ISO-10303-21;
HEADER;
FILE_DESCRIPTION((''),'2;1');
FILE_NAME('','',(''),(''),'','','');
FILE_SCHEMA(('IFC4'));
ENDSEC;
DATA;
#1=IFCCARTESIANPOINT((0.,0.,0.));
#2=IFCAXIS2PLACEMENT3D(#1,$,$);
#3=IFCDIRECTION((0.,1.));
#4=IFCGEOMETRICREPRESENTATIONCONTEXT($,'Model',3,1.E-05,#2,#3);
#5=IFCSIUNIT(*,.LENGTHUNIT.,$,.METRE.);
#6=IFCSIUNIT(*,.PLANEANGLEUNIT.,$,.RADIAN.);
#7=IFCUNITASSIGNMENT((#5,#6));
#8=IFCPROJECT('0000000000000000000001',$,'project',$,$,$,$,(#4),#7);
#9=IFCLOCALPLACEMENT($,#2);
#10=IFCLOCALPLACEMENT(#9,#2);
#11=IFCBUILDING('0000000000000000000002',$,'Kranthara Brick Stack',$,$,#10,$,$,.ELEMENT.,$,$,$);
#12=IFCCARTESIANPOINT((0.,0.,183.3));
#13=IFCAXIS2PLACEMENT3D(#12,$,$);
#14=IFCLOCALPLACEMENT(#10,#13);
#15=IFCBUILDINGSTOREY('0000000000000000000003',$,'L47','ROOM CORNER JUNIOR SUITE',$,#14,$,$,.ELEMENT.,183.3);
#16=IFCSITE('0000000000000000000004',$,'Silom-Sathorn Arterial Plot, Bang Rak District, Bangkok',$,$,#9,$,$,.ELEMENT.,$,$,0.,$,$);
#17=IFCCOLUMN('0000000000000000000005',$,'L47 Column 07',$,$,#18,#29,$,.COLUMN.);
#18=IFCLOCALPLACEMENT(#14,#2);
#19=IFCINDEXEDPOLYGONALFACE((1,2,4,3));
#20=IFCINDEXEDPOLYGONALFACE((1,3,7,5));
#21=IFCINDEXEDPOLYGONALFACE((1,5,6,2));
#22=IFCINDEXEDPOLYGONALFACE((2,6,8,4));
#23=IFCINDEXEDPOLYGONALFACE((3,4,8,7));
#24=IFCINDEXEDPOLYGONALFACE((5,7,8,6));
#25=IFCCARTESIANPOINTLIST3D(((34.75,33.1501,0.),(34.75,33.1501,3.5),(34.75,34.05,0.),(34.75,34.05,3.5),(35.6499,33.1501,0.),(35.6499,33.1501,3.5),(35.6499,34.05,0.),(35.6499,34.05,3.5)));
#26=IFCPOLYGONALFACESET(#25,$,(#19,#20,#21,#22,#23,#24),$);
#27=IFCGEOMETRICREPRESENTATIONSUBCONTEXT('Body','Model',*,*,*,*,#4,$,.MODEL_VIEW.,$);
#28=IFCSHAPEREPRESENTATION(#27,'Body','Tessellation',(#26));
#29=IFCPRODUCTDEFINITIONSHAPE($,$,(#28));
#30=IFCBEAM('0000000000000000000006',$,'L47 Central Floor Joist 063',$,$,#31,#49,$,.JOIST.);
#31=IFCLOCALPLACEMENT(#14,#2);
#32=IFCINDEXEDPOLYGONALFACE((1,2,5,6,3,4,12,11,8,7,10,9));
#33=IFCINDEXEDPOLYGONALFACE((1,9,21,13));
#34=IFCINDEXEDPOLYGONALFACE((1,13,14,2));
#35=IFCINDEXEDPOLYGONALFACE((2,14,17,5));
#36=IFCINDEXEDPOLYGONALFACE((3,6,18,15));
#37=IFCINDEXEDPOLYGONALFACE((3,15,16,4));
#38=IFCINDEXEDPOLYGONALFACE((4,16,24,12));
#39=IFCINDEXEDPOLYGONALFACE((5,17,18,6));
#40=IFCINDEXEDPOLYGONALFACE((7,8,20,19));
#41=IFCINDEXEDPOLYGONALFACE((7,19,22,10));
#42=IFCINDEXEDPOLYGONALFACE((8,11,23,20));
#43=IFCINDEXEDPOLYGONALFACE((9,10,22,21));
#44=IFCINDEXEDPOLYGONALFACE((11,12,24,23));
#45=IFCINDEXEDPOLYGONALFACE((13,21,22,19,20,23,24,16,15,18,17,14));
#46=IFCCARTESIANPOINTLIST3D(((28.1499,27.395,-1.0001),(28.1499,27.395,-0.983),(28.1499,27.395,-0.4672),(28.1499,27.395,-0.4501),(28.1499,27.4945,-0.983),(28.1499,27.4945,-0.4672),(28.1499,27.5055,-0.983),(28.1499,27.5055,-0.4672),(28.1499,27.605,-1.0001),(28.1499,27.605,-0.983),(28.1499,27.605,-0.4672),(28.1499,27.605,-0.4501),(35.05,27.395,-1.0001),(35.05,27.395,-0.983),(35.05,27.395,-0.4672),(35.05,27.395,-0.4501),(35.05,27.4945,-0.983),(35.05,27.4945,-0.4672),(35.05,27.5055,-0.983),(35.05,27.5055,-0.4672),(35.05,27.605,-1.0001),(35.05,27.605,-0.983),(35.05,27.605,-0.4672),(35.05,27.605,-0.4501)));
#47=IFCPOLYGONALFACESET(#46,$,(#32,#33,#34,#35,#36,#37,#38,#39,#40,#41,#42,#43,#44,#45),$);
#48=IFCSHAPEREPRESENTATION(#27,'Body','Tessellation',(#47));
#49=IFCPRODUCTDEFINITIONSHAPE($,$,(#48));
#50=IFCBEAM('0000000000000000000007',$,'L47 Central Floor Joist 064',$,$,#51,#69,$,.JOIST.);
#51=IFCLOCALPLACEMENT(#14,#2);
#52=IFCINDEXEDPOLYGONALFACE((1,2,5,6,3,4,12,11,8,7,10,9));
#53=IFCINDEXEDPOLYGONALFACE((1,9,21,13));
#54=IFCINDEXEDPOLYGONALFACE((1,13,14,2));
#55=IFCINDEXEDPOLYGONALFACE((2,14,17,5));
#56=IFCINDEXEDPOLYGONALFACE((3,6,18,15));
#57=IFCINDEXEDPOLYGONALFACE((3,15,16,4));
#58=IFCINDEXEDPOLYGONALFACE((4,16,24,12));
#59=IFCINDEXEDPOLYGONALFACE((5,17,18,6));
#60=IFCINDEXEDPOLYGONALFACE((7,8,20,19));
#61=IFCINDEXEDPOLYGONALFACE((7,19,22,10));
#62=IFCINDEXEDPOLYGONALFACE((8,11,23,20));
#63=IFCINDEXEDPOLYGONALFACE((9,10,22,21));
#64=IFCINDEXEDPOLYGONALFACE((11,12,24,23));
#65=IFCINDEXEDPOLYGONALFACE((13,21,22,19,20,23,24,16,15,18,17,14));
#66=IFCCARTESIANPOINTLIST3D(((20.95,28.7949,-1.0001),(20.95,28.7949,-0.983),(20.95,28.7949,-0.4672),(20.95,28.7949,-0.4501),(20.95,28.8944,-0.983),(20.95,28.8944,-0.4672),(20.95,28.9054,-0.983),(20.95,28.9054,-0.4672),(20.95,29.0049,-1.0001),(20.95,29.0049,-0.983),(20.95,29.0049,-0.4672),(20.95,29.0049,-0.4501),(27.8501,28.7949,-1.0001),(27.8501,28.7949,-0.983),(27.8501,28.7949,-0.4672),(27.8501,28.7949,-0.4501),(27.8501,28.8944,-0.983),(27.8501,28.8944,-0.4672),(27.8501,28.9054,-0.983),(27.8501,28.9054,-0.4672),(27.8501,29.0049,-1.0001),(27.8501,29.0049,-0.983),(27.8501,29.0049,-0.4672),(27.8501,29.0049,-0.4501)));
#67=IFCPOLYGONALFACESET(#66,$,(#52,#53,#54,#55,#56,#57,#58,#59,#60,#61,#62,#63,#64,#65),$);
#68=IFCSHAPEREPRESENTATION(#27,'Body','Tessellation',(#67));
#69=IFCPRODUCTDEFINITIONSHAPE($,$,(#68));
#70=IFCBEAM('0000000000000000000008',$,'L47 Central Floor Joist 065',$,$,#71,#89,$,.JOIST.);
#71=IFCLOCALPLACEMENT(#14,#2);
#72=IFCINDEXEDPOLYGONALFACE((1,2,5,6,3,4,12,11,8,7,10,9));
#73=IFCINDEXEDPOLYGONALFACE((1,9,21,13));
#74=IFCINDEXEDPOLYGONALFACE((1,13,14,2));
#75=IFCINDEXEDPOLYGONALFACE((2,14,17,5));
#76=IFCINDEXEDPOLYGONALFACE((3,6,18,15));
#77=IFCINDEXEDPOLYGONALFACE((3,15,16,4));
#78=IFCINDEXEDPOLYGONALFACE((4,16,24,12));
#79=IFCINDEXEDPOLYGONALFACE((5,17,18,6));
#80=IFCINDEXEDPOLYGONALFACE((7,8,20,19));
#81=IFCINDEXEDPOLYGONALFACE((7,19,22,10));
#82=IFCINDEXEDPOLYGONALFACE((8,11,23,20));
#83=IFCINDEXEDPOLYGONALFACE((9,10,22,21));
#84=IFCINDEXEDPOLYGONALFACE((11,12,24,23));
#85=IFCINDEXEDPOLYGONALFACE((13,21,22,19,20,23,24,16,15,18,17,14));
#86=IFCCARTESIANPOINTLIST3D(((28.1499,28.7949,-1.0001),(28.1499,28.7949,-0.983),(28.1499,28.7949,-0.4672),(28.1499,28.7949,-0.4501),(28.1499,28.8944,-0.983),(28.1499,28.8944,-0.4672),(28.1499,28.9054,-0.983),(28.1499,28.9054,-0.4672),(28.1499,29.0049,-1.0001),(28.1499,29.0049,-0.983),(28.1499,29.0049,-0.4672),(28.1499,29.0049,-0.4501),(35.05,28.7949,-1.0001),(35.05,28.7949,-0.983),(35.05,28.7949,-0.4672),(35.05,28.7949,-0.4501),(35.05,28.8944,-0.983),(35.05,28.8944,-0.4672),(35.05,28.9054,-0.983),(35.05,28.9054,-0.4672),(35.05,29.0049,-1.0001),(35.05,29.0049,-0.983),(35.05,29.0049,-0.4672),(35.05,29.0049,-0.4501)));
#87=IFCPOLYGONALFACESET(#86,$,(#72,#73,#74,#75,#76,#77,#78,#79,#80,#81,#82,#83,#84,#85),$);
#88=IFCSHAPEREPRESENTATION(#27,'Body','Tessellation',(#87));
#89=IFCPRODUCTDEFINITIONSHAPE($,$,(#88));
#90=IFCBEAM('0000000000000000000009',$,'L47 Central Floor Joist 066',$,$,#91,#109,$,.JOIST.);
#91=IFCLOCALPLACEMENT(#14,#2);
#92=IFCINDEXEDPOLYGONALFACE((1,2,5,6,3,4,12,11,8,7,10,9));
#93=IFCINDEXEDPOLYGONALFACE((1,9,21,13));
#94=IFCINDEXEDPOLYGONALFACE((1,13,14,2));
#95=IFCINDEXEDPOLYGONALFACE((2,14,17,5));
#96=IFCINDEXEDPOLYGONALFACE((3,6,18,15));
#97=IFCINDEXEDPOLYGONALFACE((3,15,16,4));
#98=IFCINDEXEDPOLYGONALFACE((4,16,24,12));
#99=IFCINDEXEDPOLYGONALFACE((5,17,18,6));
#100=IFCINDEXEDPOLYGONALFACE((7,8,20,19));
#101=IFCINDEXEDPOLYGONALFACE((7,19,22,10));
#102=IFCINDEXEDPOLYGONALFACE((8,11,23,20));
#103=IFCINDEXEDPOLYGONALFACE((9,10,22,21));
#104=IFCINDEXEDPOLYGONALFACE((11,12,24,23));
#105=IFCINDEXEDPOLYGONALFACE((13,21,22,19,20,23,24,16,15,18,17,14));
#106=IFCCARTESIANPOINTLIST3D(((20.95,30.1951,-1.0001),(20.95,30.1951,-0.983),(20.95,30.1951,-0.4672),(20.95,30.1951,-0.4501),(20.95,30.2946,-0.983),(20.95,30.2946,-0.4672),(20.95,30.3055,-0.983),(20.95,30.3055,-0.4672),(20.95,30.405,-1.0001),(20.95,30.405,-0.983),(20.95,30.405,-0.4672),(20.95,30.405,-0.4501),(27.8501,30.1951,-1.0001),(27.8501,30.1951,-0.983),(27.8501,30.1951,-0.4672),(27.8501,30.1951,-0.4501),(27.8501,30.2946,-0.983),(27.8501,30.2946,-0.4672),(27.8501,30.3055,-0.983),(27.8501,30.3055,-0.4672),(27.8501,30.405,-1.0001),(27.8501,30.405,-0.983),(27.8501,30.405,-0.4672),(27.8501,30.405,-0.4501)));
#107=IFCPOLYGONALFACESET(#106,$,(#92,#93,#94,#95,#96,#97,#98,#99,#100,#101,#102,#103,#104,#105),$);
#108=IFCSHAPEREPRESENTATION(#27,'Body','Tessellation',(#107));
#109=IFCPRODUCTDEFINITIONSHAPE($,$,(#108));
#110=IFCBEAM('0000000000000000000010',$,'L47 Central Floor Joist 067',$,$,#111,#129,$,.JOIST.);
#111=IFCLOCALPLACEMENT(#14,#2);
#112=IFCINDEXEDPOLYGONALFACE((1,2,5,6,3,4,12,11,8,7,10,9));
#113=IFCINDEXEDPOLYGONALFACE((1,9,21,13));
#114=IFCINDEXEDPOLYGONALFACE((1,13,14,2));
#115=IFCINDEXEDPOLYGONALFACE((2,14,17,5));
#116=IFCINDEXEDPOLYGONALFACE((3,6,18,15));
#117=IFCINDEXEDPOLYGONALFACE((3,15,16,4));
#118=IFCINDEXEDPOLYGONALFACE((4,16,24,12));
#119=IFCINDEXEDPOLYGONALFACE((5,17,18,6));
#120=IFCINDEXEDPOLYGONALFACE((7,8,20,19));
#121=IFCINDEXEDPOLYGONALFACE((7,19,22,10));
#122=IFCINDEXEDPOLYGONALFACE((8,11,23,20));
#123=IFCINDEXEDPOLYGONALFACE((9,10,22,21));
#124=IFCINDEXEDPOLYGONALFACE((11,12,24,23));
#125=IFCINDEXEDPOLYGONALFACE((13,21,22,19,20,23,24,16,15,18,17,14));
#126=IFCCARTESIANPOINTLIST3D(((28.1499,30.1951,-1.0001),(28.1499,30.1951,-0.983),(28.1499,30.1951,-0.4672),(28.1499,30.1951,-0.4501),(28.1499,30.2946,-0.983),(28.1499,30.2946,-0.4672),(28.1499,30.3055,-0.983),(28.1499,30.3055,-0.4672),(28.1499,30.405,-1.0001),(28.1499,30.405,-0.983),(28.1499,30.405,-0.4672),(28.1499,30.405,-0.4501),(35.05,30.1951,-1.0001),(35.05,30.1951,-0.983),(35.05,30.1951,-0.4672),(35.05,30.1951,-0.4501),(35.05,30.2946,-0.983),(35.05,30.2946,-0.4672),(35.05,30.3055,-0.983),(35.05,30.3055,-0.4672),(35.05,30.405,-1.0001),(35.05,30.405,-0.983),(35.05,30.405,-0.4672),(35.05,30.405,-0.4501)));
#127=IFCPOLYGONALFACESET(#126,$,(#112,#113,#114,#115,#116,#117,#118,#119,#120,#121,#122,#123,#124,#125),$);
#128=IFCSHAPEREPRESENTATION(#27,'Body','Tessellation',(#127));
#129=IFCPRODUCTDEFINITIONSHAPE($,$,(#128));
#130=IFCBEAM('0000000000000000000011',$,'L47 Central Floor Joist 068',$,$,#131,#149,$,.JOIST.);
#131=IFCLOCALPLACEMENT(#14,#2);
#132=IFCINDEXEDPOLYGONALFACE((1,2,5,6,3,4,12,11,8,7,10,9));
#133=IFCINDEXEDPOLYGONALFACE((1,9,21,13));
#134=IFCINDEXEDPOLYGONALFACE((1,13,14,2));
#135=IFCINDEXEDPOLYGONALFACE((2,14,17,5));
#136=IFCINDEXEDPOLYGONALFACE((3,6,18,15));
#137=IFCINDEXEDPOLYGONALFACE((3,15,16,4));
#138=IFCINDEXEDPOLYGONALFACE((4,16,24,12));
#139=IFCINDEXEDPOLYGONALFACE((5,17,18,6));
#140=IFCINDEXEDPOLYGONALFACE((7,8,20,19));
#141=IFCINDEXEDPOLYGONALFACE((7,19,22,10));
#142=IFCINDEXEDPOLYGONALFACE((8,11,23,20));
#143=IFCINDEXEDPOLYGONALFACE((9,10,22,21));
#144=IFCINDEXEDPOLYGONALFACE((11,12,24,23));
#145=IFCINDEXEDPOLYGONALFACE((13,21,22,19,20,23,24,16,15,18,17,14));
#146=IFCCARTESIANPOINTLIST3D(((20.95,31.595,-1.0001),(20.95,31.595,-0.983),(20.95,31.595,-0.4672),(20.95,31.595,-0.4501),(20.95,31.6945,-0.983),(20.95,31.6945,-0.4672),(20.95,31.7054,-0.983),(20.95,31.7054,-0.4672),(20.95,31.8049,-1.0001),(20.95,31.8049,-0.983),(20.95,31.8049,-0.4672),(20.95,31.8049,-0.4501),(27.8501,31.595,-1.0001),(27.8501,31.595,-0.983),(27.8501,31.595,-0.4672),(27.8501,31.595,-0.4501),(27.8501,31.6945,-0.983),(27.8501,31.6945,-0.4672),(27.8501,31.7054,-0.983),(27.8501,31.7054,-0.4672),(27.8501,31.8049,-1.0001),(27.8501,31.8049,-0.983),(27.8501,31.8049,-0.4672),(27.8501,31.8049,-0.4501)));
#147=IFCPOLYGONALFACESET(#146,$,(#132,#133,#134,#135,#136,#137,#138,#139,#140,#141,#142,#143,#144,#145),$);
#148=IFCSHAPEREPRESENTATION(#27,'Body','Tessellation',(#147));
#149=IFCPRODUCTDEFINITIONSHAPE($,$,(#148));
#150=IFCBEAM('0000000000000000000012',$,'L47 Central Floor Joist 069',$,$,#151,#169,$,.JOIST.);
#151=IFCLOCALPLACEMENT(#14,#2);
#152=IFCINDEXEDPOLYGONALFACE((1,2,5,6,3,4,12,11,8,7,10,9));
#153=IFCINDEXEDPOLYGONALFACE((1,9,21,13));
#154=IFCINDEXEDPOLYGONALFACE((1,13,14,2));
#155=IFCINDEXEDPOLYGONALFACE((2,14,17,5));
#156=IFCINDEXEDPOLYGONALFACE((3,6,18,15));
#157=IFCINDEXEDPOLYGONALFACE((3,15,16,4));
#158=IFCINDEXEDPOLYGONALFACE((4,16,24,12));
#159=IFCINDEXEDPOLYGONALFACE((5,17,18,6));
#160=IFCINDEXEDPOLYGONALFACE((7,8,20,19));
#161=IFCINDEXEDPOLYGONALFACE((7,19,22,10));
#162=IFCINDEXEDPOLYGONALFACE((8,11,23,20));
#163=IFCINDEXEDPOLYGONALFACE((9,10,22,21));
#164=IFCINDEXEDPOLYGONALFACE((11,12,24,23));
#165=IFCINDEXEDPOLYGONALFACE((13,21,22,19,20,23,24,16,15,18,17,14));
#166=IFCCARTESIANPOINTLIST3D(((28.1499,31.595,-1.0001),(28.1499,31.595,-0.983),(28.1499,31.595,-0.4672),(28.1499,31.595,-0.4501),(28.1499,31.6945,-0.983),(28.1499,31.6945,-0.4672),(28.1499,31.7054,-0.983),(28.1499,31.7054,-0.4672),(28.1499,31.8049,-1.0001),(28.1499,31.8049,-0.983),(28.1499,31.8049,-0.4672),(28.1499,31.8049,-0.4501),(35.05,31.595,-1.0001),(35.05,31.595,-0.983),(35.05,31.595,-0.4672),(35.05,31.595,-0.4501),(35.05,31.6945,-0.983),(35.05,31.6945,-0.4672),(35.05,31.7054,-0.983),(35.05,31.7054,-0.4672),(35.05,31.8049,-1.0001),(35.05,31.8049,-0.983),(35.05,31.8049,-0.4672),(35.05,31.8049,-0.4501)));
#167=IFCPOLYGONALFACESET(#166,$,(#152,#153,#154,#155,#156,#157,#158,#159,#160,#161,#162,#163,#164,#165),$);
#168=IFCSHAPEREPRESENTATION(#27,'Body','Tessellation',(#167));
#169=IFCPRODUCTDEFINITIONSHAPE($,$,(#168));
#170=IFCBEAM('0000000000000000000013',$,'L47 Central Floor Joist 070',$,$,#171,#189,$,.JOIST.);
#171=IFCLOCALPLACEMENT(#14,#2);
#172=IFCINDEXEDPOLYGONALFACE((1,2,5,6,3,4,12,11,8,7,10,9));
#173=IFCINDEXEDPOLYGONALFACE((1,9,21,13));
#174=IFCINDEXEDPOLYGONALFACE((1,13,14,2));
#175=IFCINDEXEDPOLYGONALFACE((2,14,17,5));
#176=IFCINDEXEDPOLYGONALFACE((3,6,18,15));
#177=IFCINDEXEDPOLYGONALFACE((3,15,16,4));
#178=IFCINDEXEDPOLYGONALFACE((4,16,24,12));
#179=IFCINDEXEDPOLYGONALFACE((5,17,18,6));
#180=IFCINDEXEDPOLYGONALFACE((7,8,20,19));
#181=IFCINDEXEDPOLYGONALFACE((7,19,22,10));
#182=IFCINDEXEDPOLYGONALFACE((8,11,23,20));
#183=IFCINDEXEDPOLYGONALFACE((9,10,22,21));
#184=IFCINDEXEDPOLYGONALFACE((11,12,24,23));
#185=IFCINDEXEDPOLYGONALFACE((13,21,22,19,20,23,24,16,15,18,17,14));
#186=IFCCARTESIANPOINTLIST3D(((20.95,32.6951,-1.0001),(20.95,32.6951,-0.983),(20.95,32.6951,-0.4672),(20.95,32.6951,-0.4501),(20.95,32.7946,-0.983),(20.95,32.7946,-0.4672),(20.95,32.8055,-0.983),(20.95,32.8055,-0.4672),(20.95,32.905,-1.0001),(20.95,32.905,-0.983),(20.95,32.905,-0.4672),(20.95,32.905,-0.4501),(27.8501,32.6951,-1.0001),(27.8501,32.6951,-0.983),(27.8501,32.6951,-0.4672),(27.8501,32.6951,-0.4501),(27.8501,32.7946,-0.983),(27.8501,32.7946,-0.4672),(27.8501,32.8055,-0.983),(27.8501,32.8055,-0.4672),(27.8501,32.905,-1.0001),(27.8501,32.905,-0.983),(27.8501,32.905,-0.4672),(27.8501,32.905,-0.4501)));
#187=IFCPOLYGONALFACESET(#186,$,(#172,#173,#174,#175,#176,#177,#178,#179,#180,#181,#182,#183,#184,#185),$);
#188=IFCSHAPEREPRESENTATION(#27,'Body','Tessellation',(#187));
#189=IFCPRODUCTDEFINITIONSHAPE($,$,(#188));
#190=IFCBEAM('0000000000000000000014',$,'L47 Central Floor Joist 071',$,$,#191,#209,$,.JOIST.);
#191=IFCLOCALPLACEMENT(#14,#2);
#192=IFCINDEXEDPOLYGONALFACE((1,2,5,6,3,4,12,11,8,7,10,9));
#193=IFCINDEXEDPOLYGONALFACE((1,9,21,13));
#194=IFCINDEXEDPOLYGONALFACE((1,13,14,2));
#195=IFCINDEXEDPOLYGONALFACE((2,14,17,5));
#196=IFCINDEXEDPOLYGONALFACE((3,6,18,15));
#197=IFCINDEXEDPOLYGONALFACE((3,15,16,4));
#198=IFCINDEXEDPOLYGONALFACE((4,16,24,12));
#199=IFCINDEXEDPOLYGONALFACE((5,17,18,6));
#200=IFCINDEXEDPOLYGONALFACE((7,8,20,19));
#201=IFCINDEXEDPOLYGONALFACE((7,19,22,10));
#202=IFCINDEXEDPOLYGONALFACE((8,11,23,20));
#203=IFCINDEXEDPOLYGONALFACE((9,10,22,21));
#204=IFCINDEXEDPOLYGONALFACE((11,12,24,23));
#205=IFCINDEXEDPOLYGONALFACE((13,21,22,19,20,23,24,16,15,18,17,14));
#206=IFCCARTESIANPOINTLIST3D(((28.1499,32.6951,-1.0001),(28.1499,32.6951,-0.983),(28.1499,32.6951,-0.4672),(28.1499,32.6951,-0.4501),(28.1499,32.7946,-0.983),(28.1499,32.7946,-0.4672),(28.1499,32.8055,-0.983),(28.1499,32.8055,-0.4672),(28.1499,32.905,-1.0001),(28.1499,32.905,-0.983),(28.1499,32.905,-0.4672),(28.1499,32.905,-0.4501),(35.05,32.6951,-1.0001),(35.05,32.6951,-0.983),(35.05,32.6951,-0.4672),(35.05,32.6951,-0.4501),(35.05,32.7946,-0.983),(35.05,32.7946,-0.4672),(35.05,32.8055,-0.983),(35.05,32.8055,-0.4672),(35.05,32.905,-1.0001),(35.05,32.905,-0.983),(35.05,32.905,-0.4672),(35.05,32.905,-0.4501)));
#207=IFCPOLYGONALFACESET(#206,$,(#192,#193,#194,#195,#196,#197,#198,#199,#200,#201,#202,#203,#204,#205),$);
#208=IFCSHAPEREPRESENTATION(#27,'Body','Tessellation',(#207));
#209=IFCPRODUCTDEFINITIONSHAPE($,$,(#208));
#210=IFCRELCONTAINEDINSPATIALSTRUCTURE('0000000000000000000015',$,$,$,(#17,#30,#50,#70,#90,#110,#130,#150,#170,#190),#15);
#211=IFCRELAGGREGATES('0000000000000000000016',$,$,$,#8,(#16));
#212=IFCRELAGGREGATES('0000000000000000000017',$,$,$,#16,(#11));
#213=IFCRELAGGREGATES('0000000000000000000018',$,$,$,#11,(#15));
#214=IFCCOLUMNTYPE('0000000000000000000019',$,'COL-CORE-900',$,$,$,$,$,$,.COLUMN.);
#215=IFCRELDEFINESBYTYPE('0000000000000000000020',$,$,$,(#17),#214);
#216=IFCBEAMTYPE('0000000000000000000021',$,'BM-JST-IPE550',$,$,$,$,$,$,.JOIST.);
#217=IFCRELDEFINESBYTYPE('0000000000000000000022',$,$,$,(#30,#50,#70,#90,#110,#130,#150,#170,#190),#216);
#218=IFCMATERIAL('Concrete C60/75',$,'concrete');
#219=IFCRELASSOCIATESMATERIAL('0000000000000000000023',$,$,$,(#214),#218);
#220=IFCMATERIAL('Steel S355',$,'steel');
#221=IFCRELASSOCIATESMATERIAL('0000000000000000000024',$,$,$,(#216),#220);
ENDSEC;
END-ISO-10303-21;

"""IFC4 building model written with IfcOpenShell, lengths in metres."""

from ifc_helpers import new_model, si_unit, direction, frame, origin, origin_2d, place, context, subcontext, project, spatial, rectangle, i_section, extrude, material, material_profile, profile_set, type_object, element, save


model = new_model("IFC4")

# Units and contexts
model_context = context("Model", 3, precision=1e-05, world=origin(), true_north=direction((0.0, 1.0)))
body_context = subcontext(model_context, "Body", "Model", "MODEL_VIEW")
ifc_project = project(units=[si_unit("LENGTHUNIT", "METRE"), si_unit("PLANEANGLEUNIT", "RADIAN")], contexts=[model_context])

# Site, building, storey
site_placement = place(None, origin())
site = spatial("IfcSite", under=ifc_project, at=site_placement, Name="Silom-Sathorn Arterial Plot, Bang Rak District, Bangkok", CompositionType="ELEMENT", RefElevation=0.0)
building_placement = place(site_placement, origin())
building = spatial("IfcBuilding", under=site, at=building_placement, Name="Kranthara Brick Stack", CompositionType="ELEMENT")
storey_placement = place(building_placement, frame((0.0, 0.0, 183.3)))
storey = spatial("IfcBuildingStorey", under=building, at=storey_placement, Name="L47", Description="ROOM CORNER JUNIOR SUITE", CompositionType="ELEMENT", Elevation=183.3)

# Column
ifc_material_1 = material(Name="Concrete C60/75", Category="concrete")
ifc_material_profile_1 = material_profile(ifc_material_1, rectangle(XDim=0.8999, YDim=0.8999, at=origin_2d()), Name="RC 900x900")
ifc_profile_set_1 = profile_set([ifc_material_profile_1], Name="Concrete C60/75")
column_type = type_object("IfcColumnType", Name="COL-CORE-900", PredefinedType="COLUMN", material=ifc_profile_set_1)
column_placement = place(storey_placement, frame((35.2, 33.6001, 0.0), z_axis=(0.0, 0.0, 1.0), x_axis=(1.0, 0.0, 0.0)))
element("IfcColumn", 1, at=column_placement, inside=storey, type_object=column_type, Name="L47 Column 07", PredefinedType="COLUMN", context=body_context, shape_type="SweptSolid", body=[
    extrude(rectangle(XDim=0.8999, YDim=0.8999, at=origin_2d()), origin(), (0.0, 0.0, 1.0), 3.5),
])

# Beams
ifc_material_2 = material(Name="Steel S355", Category="steel")
ifc_material_profile_2 = material_profile(ifc_material_2, i_section(OverallWidth=0.21, OverallDepth=0.55, WebThickness=0.011, FlangeThickness=0.0171, at=origin_2d()), Name="IPE 550")
ifc_profile_set_2 = profile_set([ifc_material_profile_2], Name="Steel S355")
beam_type_1 = type_object("IfcBeamType", Name="BM-JST-IPE550", PredefinedType="JOIST", material=ifc_profile_set_2)
for number, where, z_axis, x_axis, name in (
    (2, (28.1499, 27.5, -0.7251), (1.0, 0.0, 0.0), (0.0, 1.0, 0.0), "L47 Central Floor Joist 063"),
    (3, (20.95, 28.8999, -0.7251), (1.0, 0.0, 0.0), (0.0, 1.0, 0.0), "L47 Central Floor Joist 064"),
    (4, (28.1499, 28.8999, -0.7251), (1.0, 0.0, 0.0), (0.0, 1.0, 0.0), "L47 Central Floor Joist 065"),
    (5, (20.95, 30.3, -0.7251), (1.0, 0.0, 0.0), (0.0, 1.0, 0.0), "L47 Central Floor Joist 066"),
    (6, (28.1499, 30.3, -0.7251), (1.0, 0.0, 0.0), (0.0, 1.0, 0.0), "L47 Central Floor Joist 067"),
    (7, (20.95, 31.7, -0.7251), (1.0, 0.0, 0.0), (0.0, 1.0, 0.0), "L47 Central Floor Joist 068"),
    (8, (28.1499, 31.7, -0.7251), (1.0, 0.0, 0.0), (0.0, 1.0, 0.0), "L47 Central Floor Joist 069"),
    (9, (20.95, 32.8, -0.7251), (1.0, 0.0, 0.0), (0.0, 1.0, 0.0), "L47 Central Floor Joist 070"),
    (10, (28.1499, 32.8, -0.7251), (1.0, 0.0, 0.0), (0.0, 1.0, 0.0), "L47 Central Floor Joist 071"),
):
    element("IfcBeam", number, at=place(storey_placement, frame(where, z_axis=z_axis, x_axis=x_axis)), inside=storey, type_object=beam_type_1, Name=name, PredefinedType="JOIST", context=body_context, shape_type="SweptSolid", body=[
        extrude(i_section(OverallWidth=0.21, OverallDepth=0.55, WebThickness=0.011, FlangeThickness=0.0171, at=origin_2d()), origin(), (0.0, 0.0, 1.0), 6.9001),
    ])

save(model, "model.ifc")
